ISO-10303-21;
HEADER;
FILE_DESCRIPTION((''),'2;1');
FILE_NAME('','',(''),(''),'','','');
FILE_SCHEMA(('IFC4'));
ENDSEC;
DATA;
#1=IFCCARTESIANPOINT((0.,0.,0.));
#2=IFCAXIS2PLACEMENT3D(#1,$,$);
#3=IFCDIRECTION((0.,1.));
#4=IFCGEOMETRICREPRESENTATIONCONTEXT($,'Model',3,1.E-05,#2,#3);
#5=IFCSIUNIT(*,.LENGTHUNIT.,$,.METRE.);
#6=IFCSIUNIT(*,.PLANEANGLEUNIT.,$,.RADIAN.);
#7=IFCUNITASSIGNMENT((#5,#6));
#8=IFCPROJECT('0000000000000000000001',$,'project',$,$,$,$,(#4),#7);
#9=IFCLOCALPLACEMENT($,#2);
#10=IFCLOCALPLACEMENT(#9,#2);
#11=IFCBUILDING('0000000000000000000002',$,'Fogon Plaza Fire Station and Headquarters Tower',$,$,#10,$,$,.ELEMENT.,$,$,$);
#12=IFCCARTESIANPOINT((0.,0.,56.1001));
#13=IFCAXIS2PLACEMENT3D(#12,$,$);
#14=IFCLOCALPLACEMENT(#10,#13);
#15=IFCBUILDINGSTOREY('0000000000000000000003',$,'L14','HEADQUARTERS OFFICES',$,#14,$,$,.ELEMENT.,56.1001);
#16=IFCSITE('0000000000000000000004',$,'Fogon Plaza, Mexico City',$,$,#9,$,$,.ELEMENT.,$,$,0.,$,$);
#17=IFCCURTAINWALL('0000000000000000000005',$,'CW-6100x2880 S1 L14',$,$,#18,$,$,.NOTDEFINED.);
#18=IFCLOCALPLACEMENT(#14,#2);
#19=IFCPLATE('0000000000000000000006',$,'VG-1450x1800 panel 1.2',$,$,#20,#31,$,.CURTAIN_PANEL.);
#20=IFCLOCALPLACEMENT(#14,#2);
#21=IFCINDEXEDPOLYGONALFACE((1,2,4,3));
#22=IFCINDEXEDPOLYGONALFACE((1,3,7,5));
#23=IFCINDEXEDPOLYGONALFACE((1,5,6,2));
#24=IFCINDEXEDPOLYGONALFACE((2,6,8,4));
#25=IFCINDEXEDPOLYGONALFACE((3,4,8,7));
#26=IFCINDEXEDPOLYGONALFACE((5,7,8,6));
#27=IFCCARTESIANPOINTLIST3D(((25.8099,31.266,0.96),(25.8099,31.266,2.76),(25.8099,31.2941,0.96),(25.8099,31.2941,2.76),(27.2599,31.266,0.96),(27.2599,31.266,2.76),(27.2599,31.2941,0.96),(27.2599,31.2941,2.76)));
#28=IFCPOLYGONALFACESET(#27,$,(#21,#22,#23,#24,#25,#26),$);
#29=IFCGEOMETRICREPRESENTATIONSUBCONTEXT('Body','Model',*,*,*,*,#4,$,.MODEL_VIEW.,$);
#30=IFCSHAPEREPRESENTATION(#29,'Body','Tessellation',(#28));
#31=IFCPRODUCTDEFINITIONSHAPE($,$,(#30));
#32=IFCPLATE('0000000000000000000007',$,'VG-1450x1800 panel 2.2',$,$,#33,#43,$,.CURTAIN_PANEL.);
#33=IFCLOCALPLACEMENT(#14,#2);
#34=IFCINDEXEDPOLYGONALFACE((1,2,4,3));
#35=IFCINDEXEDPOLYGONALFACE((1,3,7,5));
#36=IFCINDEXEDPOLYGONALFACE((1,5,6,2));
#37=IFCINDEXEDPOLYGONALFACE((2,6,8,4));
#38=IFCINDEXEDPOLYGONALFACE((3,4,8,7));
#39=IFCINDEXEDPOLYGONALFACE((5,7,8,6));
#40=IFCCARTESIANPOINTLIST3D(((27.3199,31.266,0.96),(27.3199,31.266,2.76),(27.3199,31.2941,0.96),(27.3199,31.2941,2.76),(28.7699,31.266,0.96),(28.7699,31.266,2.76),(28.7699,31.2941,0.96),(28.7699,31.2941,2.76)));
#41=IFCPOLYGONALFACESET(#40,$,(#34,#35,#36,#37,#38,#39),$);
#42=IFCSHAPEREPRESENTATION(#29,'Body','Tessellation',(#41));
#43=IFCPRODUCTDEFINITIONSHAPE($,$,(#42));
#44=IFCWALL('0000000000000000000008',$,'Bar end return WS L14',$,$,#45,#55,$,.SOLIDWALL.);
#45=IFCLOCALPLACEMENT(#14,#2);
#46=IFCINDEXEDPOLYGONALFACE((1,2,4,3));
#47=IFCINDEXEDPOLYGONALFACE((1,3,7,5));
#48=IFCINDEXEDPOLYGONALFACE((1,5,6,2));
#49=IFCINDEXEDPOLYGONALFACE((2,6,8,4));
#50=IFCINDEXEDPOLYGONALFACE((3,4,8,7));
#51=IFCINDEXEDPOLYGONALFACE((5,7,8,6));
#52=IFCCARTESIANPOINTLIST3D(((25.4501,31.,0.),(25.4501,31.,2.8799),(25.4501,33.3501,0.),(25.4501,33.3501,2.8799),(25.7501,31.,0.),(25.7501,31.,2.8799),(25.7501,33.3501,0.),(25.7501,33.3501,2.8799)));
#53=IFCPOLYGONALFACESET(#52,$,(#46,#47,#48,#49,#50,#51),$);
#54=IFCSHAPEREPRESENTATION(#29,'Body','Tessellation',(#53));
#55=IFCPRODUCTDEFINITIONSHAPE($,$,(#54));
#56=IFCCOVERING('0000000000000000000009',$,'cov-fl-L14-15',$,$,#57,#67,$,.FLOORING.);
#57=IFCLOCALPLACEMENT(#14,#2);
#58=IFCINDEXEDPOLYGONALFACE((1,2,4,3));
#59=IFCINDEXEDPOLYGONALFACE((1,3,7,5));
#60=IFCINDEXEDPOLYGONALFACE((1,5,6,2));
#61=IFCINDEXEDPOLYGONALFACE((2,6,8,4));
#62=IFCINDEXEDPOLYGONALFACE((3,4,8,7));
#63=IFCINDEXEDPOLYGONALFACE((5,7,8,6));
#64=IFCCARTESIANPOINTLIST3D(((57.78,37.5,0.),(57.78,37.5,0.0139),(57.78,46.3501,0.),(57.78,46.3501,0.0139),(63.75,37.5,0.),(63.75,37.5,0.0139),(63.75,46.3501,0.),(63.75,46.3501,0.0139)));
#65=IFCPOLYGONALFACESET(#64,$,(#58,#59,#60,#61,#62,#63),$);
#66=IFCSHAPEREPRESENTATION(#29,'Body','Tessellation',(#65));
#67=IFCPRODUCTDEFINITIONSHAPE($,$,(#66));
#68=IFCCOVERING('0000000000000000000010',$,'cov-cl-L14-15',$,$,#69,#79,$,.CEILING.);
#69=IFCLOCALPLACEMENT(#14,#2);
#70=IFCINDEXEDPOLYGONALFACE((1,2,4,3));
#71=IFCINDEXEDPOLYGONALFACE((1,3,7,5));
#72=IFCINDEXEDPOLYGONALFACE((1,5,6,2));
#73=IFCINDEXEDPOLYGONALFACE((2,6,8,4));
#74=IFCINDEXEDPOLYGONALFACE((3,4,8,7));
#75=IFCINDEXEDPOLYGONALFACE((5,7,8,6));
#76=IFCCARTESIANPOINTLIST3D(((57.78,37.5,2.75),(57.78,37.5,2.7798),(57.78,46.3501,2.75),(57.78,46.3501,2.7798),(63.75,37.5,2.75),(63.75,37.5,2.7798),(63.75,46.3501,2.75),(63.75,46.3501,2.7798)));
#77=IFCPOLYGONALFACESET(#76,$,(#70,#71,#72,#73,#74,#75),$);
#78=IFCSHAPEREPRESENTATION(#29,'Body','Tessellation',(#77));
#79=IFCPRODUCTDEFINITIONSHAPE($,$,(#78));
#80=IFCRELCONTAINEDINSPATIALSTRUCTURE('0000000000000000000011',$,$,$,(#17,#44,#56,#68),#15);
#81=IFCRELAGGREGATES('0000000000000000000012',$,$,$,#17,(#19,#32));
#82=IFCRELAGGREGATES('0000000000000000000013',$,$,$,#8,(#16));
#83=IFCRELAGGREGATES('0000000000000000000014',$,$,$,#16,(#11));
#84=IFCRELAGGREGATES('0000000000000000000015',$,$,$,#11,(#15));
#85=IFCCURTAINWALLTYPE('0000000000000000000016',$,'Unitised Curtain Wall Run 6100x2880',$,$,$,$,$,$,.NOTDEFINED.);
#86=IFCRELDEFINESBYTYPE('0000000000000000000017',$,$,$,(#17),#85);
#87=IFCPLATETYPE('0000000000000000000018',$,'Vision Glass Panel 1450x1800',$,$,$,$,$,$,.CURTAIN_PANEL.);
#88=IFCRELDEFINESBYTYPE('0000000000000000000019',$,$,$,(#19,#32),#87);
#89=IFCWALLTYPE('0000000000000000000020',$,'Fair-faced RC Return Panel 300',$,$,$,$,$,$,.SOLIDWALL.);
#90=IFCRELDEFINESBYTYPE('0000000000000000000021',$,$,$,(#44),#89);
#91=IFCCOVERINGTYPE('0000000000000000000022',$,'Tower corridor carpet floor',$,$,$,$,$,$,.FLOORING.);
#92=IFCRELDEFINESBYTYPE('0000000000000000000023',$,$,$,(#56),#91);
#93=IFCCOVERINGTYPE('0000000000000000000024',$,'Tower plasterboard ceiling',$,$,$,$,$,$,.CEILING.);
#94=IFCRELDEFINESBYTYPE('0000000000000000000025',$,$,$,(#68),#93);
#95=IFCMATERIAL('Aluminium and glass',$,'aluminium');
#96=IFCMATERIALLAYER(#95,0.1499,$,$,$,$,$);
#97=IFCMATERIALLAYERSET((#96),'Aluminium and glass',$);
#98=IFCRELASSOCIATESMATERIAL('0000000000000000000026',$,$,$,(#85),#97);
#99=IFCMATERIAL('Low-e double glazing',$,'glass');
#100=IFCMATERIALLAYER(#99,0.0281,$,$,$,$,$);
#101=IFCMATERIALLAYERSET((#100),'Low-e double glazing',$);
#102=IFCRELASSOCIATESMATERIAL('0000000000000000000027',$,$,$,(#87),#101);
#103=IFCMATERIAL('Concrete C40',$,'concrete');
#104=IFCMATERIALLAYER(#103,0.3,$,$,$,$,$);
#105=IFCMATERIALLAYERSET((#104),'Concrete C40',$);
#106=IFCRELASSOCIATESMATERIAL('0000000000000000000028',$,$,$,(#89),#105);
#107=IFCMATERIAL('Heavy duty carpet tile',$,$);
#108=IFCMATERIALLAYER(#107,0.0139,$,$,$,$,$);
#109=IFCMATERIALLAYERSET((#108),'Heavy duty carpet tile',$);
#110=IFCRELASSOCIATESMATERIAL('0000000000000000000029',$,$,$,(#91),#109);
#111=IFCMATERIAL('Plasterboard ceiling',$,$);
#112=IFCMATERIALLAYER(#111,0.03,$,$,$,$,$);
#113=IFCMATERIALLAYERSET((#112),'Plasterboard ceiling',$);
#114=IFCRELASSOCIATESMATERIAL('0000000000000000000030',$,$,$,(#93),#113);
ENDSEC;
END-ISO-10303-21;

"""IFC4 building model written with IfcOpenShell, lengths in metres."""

from ifc_helpers import new_model, si_unit, direction, frame, frame_2d, origin, origin_2d, place, context, subcontext, project, spatial, polyline, rectangle, outline, extrude, material, layer, layer_set, type_object, element, aggregate, save


model = new_model("IFC4")

# Units and contexts
model_context = context("Model", 3, precision=1e-05, world=origin(), true_north=direction((0.0, 1.0)))
body_context = subcontext(model_context, "Body", "Model", "MODEL_VIEW")
ifc_project = project(units=[si_unit("LENGTHUNIT", "METRE"), si_unit("PLANEANGLEUNIT", "RADIAN")], contexts=[model_context])

# Site, building, storey
site_placement = place(None, origin())
site = spatial("IfcSite", under=ifc_project, at=site_placement, Name="Fogon Plaza, Mexico City", CompositionType="ELEMENT", RefElevation=0.0)
building_placement = place(site_placement, origin())
building = spatial("IfcBuilding", under=site, at=building_placement, Name="Fogon Plaza Fire Station and Headquarters Tower", CompositionType="ELEMENT")
storey_placement = place(building_placement, frame((0.0, 0.0, 56.1001)))
storey = spatial("IfcBuildingStorey", under=building, at=storey_placement, Name="L14", Description="HEADQUARTERS OFFICES", CompositionType="ELEMENT", Elevation=56.1001)

# Curtain wall
ifc_material_1 = material(Name="Aluminium and glass", Category="aluminium")
ifc_layer_1 = layer(ifc_material_1, 0.1499)
ifc_layer_set_1 = layer_set([ifc_layer_1], Name="Aluminium and glass")
curtain_wall_type = type_object("IfcCurtainWallType", Name="Unitised Curtain Wall Run 6100x2880", PredefinedType="NOTDEFINED", material=ifc_layer_set_1)
curtain_wall_placement = place(storey_placement, origin())
curtain_wall = element("IfcCurtainWall", 1, at=curtain_wall_placement, inside=storey, type_object=curtain_wall_type, Name="CW-6100x2880 S1 L14", PredefinedType="NOTDEFINED")

# Plates
ifc_material_2 = material(Name="Low-e double glazing", Category="glass")
ifc_layer_2 = layer(ifc_material_2, 0.0281)
ifc_layer_set_2 = layer_set([ifc_layer_2], Name="Low-e double glazing")
plate_type_1 = type_object("IfcPlateType", Name="Vision Glass Panel 1450x1800", PredefinedType="CURTAIN_PANEL", material=ifc_layer_set_2)
plate_1_placement = place(storey_placement, frame((26.5349, 31.28, 0.96), z_axis=(0.0, 0.0, 1.0), x_axis=(1.0, 0.0, 0.0)))
plate_1 = element("IfcPlate", 2, at=plate_1_placement, type_object=plate_type_1, Name="VG-1450x1800 panel 1.2", PredefinedType="CURTAIN_PANEL", context=body_context, shape_type="SweptSolid", body=[
    extrude(rectangle(XDim=1.45, YDim=0.0281, at=origin_2d()), origin(), (0.0, 0.0, 1.0), 1.8),
])
plate_2_placement = place(storey_placement, frame((28.0449, 31.28, 0.96), z_axis=(0.0, 0.0, 1.0), x_axis=(1.0, 0.0, 0.0)))
plate_2 = element("IfcPlate", 3, at=plate_2_placement, type_object=plate_type_1, Name="VG-1450x1800 panel 2.2", PredefinedType="CURTAIN_PANEL", context=body_context, shape_type="SweptSolid", body=[
    extrude(rectangle(XDim=1.45, YDim=0.0281, at=origin_2d()), origin(), (0.0, 0.0, 1.0), 1.8),
])
aggregate(curtain_wall, [plate_1, plate_2])

# Wall
ifc_material_3 = material(Name="Concrete C40", Category="concrete")
ifc_layer_3 = layer(ifc_material_3, 0.3)
ifc_layer_set_3 = layer_set([ifc_layer_3], Name="Concrete C40")
wall_type = type_object("IfcWallType", Name="Fair-faced RC Return Panel 300", PredefinedType="SOLIDWALL", material=ifc_layer_set_3)
wall_placement = place(storey_placement, frame((25.6001, 31.0, 0.0), z_axis=(0.0, 0.0, 1.0), x_axis=(0.0, 1.0, 0.0)))
element("IfcWall", 4, at=wall_placement, inside=storey, type_object=wall_type, Name="Bar end return WS L14", PredefinedType="SOLIDWALL", context=body_context, shape_type="SweptSolid", body=[
    extrude(rectangle(XDim=2.3501, YDim=0.3, at=frame_2d((1.175, 0.0))), origin(), (0.0, 0.0, 1.0), 2.8799),
])

# Coverings
ifc_material_4 = material(Name="Heavy duty carpet tile")
ifc_layer_4 = layer(ifc_material_4, 0.0139)
ifc_layer_set_4 = layer_set([ifc_layer_4], Name="Heavy duty carpet tile")
covering_type_1 = type_object("IfcCoveringType", Name="Tower corridor carpet floor", PredefinedType="FLOORING", material=ifc_layer_set_4)
covering_1_placement = place(storey_placement, origin())
element("IfcCovering", 5, at=covering_1_placement, inside=storey, type_object=covering_type_1, Name="cov-fl-L14-15", PredefinedType="FLOORING", context=body_context, shape_type="SweptSolid", body=[
    extrude(outline(polyline([(63.75, 37.5), (63.75, 46.3501), (57.78, 46.3501), (57.78, 37.5), (63.75, 37.5)])), origin(), (0.0, 0.0, 1.0), 0.0139),
])
ifc_material_5 = material(Name="Plasterboard ceiling")
ifc_layer_5 = layer(ifc_material_5, 0.03)
ifc_layer_set_5 = layer_set([ifc_layer_5], Name="Plasterboard ceiling")
covering_type_2 = type_object("IfcCoveringType", Name="Tower plasterboard ceiling", PredefinedType="CEILING", material=ifc_layer_set_5)
covering_2_placement = place(storey_placement, frame((0.0, 0.0, 2.75)))
element("IfcCovering", 6, at=covering_2_placement, inside=storey, type_object=covering_type_2, Name="cov-cl-L14-15", PredefinedType="CEILING", context=body_context, shape_type="SweptSolid", body=[
    extrude(outline(polyline([(63.75, 37.5), (63.75, 46.3501), (57.78, 46.3501), (57.78, 37.5), (63.75, 37.5)])), origin(), (0.0, 0.0, 1.0), 0.0298),
])

save(model, "model.ifc")
